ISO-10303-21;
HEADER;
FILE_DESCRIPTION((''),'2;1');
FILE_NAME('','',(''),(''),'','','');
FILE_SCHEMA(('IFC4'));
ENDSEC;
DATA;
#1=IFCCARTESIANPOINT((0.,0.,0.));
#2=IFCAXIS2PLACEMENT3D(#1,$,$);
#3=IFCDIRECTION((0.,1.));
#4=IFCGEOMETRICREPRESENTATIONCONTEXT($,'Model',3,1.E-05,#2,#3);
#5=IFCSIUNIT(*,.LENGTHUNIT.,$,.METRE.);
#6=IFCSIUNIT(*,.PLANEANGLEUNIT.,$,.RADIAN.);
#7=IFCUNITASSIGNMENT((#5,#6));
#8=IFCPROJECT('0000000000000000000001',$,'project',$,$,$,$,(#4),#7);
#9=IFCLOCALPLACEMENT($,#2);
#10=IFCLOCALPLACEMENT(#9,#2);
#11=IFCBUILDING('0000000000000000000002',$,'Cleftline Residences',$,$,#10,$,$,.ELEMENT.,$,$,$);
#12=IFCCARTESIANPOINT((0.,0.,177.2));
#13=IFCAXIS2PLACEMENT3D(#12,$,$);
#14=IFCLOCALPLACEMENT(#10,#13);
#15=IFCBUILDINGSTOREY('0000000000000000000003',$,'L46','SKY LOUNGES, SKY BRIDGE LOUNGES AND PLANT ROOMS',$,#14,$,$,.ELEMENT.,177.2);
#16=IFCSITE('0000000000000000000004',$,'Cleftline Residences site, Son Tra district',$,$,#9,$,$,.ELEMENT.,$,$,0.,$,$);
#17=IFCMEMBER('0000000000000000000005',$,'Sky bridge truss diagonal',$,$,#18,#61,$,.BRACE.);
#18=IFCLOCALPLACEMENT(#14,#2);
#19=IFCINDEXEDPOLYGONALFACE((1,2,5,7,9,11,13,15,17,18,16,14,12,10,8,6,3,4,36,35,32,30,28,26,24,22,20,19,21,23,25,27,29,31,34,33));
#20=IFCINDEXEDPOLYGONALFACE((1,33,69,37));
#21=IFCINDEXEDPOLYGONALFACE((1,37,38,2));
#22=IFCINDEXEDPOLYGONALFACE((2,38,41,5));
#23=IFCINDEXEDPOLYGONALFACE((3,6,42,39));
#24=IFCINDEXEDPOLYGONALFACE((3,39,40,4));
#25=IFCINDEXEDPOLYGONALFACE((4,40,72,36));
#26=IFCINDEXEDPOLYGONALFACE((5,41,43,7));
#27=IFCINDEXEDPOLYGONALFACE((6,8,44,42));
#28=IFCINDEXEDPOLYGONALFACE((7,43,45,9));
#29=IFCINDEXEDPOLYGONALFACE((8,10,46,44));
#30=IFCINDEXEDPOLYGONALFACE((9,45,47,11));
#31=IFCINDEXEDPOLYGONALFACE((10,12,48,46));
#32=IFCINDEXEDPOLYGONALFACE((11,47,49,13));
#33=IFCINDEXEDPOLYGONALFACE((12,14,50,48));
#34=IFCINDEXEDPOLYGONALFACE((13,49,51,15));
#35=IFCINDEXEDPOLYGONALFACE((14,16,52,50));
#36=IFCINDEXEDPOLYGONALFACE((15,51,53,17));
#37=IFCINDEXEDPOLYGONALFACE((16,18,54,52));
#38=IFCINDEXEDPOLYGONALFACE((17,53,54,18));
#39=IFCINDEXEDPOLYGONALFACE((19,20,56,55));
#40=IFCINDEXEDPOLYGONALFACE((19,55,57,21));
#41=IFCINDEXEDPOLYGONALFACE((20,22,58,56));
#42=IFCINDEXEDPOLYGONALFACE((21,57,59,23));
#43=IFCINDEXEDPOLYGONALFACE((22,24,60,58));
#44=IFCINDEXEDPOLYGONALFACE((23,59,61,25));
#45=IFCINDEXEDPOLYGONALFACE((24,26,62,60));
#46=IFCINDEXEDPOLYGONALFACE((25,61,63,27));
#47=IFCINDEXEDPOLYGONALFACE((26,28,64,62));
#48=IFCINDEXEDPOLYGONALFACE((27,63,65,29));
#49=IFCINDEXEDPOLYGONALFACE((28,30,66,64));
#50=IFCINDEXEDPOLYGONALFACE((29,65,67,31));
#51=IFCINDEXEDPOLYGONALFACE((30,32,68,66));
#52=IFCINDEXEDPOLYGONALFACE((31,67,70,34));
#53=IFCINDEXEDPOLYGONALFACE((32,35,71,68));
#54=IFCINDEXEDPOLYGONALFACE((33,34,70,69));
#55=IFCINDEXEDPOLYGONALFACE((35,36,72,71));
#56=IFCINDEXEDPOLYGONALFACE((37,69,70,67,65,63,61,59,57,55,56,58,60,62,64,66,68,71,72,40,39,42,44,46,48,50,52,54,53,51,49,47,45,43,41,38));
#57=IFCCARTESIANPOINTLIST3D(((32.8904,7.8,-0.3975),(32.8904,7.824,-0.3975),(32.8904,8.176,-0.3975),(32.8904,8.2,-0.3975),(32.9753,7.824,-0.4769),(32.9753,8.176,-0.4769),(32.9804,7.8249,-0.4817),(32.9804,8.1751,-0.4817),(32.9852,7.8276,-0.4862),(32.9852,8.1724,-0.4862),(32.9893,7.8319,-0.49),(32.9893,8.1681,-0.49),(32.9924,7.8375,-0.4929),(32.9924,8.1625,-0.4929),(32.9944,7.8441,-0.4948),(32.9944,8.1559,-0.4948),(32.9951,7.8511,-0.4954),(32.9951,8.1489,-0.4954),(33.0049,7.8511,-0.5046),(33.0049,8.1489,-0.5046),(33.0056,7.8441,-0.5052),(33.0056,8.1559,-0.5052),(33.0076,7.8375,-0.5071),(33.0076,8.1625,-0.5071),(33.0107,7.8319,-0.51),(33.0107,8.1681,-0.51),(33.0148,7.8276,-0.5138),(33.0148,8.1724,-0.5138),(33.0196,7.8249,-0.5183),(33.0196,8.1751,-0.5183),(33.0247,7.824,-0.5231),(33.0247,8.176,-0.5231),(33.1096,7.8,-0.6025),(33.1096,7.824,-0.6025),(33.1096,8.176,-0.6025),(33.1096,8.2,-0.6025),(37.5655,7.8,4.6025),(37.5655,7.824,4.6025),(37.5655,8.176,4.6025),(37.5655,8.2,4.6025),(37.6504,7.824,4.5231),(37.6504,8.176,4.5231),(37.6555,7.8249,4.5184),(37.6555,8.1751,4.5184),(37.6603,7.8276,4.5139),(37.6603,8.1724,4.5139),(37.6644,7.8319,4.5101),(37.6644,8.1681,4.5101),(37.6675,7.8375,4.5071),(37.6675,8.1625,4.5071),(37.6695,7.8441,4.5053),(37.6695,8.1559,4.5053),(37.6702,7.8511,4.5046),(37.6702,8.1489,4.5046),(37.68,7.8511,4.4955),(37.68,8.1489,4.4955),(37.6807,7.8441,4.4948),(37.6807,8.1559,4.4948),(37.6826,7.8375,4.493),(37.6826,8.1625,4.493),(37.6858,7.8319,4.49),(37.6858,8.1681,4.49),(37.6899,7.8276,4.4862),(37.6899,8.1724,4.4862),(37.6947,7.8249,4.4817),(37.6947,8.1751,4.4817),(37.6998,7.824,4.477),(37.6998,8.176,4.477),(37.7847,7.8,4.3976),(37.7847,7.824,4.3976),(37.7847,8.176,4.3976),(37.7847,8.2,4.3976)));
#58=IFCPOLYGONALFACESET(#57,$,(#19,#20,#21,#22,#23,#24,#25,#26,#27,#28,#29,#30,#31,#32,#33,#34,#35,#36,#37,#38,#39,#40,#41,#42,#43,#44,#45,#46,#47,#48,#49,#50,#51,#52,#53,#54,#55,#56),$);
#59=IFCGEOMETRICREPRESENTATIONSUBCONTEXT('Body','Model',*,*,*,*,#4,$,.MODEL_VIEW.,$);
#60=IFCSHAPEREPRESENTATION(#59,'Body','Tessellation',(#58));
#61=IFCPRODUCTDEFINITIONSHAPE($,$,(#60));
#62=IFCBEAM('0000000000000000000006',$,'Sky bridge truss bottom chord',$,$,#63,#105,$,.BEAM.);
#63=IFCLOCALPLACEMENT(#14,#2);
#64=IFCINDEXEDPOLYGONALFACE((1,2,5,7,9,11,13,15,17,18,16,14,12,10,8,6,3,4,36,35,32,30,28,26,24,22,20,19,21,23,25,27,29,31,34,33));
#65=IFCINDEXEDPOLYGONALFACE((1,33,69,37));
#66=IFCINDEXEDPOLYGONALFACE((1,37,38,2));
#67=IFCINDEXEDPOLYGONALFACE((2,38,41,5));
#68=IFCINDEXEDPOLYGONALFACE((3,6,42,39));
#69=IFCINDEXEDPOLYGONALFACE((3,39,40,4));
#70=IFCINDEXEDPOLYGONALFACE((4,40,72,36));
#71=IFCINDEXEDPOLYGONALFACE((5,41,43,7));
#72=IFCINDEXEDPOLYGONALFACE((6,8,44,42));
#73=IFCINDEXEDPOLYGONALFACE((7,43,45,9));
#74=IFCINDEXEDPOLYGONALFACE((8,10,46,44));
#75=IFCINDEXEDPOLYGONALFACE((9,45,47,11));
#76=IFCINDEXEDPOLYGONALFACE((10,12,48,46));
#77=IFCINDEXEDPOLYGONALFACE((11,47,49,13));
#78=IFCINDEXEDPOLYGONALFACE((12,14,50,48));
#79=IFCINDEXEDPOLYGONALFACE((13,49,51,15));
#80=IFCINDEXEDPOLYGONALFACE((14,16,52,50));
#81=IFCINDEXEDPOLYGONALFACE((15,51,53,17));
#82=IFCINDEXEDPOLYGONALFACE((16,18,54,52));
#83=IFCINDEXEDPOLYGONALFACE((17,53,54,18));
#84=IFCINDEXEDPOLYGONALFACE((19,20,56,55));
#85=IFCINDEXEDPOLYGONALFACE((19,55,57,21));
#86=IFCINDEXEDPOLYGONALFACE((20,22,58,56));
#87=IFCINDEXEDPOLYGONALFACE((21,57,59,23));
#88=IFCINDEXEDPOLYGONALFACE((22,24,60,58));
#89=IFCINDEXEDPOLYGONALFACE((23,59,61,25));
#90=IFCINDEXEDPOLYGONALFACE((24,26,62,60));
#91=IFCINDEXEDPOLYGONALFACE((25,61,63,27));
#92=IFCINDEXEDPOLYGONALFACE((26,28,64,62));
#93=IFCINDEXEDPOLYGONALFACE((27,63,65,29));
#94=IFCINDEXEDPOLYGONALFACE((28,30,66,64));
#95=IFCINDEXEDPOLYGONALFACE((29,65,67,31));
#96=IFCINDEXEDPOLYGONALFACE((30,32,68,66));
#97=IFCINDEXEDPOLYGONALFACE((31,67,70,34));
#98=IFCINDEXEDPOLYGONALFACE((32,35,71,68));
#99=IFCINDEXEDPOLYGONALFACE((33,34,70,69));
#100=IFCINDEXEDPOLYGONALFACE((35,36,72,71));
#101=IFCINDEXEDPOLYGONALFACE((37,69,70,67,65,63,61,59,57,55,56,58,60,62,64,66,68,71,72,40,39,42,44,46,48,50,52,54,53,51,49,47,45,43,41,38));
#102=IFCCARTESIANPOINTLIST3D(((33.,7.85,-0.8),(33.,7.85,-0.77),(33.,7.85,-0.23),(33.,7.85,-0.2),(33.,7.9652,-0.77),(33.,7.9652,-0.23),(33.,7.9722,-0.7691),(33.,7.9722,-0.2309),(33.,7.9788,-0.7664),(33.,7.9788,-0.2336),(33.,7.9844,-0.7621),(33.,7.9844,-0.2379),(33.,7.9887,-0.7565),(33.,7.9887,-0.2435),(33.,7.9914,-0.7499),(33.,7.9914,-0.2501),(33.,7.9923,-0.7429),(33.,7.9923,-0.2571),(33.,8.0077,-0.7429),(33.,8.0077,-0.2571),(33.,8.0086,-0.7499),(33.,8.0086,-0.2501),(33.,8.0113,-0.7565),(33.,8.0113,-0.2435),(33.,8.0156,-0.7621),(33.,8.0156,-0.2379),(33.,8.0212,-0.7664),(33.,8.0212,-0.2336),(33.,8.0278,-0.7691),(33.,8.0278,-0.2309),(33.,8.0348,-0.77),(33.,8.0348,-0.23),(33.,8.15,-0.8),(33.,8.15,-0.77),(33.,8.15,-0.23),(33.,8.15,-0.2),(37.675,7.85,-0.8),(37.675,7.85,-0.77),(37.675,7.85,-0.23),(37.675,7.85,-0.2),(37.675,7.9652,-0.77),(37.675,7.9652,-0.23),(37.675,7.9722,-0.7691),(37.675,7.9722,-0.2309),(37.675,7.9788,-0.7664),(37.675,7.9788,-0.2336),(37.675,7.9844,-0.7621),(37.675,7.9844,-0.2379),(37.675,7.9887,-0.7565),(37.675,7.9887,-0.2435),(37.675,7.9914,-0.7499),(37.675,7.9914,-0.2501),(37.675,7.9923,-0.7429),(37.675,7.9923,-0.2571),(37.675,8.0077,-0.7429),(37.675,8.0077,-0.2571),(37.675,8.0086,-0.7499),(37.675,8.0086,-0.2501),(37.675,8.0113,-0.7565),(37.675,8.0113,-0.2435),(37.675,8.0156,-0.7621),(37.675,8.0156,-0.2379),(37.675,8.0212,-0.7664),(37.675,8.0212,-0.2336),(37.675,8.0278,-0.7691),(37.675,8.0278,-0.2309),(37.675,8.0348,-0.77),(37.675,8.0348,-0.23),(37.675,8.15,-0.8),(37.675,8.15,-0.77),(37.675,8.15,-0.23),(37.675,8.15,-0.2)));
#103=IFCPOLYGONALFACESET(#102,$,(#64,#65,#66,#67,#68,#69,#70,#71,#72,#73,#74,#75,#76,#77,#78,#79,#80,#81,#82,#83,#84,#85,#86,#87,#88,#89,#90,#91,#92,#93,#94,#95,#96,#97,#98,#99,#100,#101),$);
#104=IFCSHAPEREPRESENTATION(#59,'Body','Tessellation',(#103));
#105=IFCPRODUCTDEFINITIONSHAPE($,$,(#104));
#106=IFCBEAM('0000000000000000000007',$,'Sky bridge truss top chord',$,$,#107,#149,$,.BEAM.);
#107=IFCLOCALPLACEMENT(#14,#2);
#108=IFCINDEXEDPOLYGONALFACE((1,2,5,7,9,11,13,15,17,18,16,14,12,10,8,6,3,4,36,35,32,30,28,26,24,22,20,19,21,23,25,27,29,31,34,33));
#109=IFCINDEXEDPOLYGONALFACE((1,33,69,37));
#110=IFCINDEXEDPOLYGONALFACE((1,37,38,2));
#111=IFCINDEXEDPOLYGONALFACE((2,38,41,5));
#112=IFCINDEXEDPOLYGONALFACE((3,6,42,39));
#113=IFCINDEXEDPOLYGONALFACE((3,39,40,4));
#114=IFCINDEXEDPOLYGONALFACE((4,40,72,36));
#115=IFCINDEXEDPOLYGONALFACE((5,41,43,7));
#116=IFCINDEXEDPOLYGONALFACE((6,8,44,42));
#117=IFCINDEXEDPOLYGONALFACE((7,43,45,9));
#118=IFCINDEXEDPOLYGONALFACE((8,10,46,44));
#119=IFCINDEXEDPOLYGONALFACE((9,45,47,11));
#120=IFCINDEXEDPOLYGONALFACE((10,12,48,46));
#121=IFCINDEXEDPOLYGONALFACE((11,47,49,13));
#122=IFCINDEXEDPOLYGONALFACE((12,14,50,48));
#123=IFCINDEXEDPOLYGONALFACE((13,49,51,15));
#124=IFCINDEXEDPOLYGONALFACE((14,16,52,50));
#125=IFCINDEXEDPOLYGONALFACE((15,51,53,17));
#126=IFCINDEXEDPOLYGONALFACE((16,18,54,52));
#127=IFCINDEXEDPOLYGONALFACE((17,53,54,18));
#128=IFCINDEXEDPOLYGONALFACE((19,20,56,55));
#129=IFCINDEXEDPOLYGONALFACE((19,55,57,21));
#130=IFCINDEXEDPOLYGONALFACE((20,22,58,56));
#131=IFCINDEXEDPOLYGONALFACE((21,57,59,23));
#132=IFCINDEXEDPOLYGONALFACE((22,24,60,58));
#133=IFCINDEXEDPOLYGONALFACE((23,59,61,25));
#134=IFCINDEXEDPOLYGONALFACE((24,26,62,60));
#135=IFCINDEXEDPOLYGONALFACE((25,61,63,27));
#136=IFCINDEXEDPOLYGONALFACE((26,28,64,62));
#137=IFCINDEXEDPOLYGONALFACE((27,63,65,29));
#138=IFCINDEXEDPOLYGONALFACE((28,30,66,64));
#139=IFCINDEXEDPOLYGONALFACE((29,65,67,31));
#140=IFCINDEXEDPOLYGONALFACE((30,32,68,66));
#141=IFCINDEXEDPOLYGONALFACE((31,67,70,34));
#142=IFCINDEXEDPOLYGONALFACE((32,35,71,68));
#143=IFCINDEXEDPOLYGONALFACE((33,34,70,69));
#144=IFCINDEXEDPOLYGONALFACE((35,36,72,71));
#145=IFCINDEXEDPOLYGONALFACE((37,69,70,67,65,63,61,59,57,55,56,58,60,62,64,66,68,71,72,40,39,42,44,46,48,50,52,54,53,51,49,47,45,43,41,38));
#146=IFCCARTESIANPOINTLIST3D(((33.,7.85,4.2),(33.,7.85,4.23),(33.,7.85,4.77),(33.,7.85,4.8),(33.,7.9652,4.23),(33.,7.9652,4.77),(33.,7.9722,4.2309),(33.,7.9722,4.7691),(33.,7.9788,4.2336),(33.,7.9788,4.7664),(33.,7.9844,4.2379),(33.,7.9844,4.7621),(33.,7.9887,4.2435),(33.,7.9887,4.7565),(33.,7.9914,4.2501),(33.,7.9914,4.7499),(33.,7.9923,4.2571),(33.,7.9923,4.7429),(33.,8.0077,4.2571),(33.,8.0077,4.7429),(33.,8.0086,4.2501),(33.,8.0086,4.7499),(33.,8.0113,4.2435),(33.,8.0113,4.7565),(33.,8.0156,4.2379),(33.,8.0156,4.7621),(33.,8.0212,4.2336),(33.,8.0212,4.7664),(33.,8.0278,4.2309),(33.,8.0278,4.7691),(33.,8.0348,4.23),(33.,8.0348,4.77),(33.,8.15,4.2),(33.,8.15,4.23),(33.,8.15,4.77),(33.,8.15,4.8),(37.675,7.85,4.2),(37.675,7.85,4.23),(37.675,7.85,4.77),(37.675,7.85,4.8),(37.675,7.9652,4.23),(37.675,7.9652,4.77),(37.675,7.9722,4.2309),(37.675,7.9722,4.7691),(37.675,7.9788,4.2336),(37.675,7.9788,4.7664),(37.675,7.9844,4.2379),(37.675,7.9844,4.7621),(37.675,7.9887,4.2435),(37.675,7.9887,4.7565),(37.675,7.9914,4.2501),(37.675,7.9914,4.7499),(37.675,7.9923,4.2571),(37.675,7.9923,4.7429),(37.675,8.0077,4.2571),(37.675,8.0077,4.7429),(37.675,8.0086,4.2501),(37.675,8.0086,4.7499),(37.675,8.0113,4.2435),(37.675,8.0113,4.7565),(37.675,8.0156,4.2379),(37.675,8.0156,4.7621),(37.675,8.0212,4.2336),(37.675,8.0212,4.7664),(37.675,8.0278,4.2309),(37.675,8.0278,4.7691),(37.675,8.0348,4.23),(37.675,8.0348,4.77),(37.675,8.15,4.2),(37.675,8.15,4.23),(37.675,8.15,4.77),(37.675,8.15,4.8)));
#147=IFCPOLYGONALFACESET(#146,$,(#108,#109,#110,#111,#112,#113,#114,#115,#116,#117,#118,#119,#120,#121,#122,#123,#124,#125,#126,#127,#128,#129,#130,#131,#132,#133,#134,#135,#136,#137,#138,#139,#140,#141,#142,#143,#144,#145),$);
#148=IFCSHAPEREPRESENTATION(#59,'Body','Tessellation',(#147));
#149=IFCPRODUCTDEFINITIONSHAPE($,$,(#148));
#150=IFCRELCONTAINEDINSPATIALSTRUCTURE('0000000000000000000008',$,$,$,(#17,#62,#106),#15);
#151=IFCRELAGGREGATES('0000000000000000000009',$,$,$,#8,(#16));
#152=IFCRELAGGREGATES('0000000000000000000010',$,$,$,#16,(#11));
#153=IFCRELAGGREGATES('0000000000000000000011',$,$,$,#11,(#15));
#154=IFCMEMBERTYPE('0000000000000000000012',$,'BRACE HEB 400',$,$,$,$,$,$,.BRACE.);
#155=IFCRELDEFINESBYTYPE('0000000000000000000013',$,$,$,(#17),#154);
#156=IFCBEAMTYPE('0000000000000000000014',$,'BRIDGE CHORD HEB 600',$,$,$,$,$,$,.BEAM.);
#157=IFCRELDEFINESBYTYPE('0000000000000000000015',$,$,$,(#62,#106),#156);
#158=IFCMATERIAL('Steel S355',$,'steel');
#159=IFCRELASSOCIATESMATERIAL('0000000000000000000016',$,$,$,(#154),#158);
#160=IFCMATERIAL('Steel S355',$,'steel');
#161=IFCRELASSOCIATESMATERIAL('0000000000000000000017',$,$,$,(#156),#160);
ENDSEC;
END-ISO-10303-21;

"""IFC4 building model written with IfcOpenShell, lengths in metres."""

from ifc_helpers import new_model, si_unit, direction, frame, origin, origin_2d, place, context, subcontext, project, spatial, i_section, extrude, material, material_profile, profile_set, type_object, element, save


model = new_model("IFC4")

# Units and contexts
model_context = context("Model", 3, precision=1e-05, world=origin(), true_north=direction((0.0, 1.0)))
body_context = subcontext(model_context, "Body", "Model", "MODEL_VIEW")
ifc_project = project(units=[si_unit("LENGTHUNIT", "METRE"), si_unit("PLANEANGLEUNIT", "RADIAN")], contexts=[model_context])

# Site, building, storey
site_placement = place(None, origin())
site = spatial("IfcSite", under=ifc_project, at=site_placement, Name="Cleftline Residences site, Son Tra district", CompositionType="ELEMENT", RefElevation=0.0)
building_placement = place(site_placement, origin())
building = spatial("IfcBuilding", under=site, at=building_placement, Name="Cleftline Residences", CompositionType="ELEMENT")
storey_placement = place(building_placement, frame((0.0, 0.0, 177.2)))
storey = spatial("IfcBuildingStorey", under=building, at=storey_placement, Name="L46", Description="SKY LOUNGES, SKY BRIDGE LOUNGES AND PLANT ROOMS", CompositionType="ELEMENT", Elevation=177.2)

# Member
ifc_material_1 = material(Name="Steel S355", Category="steel")
ifc_material_profile_1 = material_profile(ifc_material_1, i_section(OverallWidth=0.3, OverallDepth=0.3999, WebThickness=0.0134, FlangeThickness=0.0239, FilletRadius=0.0271, at=origin_2d()))
ifc_profile_set_1 = profile_set([ifc_material_profile_1], Name="Steel S355")
member_type_1 = type_object("IfcMemberType", Name="BRACE HEB 400", PredefinedType="BRACE", material=ifc_profile_set_1)
member_1_placement = place(storey_placement, frame((33.0, 8.0, -0.5), z_axis=(0.682972, 0.0, 0.730444), x_axis=(-0.730444, 0.0, 0.682972)))
element("IfcMember", 1, at=member_1_placement, inside=storey, type_object=member_type_1, Name="Sky bridge truss diagonal", PredefinedType="BRACE", context=body_context, shape_type="SweptSolid", body=[
    extrude(i_section(OverallWidth=0.3, OverallDepth=0.3999, WebThickness=0.0134, FlangeThickness=0.0239, FilletRadius=0.0271, at=origin_2d()), origin(), (0.0, 0.0, 1.0), 6.8452),
])

# Beams
ifc_material_2 = material(Name="Steel S355", Category="steel")
ifc_material_profile_2 = material_profile(ifc_material_2, i_section(OverallWidth=0.3, OverallDepth=0.6001, WebThickness=0.0154, FlangeThickness=0.03, FilletRadius=0.0271, at=origin_2d()))
ifc_profile_set_2 = profile_set([ifc_material_profile_2], Name="Steel S355")
beam_type = type_object("IfcBeamType", Name="BRIDGE CHORD HEB 600", PredefinedType="BEAM", material=ifc_profile_set_2)
for number, where, z_axis, x_axis, name in (
    (2, (33.0, 8.0, -0.5), (1.0, 0.0, 0.0), (0.0, 1.0, 0.0), "Sky bridge truss bottom chord"),
    (3, (33.0, 8.0, 4.5), (1.0, 0.0, 0.0), (0.0, 1.0, 0.0), "Sky bridge truss top chord"),
):
    element("IfcBeam", number, at=place(storey_placement, frame(where, z_axis=z_axis, x_axis=x_axis)), inside=storey, type_object=beam_type, Name=name, PredefinedType="BEAM", context=body_context, shape_type="SweptSolid", body=[
        extrude(i_section(OverallWidth=0.3, OverallDepth=0.6001, WebThickness=0.0154, FlangeThickness=0.03, FilletRadius=0.0271, at=origin_2d()), origin(), (0.0, 0.0, 1.0), 4.675),
    ])

save(model, "model.ifc")
